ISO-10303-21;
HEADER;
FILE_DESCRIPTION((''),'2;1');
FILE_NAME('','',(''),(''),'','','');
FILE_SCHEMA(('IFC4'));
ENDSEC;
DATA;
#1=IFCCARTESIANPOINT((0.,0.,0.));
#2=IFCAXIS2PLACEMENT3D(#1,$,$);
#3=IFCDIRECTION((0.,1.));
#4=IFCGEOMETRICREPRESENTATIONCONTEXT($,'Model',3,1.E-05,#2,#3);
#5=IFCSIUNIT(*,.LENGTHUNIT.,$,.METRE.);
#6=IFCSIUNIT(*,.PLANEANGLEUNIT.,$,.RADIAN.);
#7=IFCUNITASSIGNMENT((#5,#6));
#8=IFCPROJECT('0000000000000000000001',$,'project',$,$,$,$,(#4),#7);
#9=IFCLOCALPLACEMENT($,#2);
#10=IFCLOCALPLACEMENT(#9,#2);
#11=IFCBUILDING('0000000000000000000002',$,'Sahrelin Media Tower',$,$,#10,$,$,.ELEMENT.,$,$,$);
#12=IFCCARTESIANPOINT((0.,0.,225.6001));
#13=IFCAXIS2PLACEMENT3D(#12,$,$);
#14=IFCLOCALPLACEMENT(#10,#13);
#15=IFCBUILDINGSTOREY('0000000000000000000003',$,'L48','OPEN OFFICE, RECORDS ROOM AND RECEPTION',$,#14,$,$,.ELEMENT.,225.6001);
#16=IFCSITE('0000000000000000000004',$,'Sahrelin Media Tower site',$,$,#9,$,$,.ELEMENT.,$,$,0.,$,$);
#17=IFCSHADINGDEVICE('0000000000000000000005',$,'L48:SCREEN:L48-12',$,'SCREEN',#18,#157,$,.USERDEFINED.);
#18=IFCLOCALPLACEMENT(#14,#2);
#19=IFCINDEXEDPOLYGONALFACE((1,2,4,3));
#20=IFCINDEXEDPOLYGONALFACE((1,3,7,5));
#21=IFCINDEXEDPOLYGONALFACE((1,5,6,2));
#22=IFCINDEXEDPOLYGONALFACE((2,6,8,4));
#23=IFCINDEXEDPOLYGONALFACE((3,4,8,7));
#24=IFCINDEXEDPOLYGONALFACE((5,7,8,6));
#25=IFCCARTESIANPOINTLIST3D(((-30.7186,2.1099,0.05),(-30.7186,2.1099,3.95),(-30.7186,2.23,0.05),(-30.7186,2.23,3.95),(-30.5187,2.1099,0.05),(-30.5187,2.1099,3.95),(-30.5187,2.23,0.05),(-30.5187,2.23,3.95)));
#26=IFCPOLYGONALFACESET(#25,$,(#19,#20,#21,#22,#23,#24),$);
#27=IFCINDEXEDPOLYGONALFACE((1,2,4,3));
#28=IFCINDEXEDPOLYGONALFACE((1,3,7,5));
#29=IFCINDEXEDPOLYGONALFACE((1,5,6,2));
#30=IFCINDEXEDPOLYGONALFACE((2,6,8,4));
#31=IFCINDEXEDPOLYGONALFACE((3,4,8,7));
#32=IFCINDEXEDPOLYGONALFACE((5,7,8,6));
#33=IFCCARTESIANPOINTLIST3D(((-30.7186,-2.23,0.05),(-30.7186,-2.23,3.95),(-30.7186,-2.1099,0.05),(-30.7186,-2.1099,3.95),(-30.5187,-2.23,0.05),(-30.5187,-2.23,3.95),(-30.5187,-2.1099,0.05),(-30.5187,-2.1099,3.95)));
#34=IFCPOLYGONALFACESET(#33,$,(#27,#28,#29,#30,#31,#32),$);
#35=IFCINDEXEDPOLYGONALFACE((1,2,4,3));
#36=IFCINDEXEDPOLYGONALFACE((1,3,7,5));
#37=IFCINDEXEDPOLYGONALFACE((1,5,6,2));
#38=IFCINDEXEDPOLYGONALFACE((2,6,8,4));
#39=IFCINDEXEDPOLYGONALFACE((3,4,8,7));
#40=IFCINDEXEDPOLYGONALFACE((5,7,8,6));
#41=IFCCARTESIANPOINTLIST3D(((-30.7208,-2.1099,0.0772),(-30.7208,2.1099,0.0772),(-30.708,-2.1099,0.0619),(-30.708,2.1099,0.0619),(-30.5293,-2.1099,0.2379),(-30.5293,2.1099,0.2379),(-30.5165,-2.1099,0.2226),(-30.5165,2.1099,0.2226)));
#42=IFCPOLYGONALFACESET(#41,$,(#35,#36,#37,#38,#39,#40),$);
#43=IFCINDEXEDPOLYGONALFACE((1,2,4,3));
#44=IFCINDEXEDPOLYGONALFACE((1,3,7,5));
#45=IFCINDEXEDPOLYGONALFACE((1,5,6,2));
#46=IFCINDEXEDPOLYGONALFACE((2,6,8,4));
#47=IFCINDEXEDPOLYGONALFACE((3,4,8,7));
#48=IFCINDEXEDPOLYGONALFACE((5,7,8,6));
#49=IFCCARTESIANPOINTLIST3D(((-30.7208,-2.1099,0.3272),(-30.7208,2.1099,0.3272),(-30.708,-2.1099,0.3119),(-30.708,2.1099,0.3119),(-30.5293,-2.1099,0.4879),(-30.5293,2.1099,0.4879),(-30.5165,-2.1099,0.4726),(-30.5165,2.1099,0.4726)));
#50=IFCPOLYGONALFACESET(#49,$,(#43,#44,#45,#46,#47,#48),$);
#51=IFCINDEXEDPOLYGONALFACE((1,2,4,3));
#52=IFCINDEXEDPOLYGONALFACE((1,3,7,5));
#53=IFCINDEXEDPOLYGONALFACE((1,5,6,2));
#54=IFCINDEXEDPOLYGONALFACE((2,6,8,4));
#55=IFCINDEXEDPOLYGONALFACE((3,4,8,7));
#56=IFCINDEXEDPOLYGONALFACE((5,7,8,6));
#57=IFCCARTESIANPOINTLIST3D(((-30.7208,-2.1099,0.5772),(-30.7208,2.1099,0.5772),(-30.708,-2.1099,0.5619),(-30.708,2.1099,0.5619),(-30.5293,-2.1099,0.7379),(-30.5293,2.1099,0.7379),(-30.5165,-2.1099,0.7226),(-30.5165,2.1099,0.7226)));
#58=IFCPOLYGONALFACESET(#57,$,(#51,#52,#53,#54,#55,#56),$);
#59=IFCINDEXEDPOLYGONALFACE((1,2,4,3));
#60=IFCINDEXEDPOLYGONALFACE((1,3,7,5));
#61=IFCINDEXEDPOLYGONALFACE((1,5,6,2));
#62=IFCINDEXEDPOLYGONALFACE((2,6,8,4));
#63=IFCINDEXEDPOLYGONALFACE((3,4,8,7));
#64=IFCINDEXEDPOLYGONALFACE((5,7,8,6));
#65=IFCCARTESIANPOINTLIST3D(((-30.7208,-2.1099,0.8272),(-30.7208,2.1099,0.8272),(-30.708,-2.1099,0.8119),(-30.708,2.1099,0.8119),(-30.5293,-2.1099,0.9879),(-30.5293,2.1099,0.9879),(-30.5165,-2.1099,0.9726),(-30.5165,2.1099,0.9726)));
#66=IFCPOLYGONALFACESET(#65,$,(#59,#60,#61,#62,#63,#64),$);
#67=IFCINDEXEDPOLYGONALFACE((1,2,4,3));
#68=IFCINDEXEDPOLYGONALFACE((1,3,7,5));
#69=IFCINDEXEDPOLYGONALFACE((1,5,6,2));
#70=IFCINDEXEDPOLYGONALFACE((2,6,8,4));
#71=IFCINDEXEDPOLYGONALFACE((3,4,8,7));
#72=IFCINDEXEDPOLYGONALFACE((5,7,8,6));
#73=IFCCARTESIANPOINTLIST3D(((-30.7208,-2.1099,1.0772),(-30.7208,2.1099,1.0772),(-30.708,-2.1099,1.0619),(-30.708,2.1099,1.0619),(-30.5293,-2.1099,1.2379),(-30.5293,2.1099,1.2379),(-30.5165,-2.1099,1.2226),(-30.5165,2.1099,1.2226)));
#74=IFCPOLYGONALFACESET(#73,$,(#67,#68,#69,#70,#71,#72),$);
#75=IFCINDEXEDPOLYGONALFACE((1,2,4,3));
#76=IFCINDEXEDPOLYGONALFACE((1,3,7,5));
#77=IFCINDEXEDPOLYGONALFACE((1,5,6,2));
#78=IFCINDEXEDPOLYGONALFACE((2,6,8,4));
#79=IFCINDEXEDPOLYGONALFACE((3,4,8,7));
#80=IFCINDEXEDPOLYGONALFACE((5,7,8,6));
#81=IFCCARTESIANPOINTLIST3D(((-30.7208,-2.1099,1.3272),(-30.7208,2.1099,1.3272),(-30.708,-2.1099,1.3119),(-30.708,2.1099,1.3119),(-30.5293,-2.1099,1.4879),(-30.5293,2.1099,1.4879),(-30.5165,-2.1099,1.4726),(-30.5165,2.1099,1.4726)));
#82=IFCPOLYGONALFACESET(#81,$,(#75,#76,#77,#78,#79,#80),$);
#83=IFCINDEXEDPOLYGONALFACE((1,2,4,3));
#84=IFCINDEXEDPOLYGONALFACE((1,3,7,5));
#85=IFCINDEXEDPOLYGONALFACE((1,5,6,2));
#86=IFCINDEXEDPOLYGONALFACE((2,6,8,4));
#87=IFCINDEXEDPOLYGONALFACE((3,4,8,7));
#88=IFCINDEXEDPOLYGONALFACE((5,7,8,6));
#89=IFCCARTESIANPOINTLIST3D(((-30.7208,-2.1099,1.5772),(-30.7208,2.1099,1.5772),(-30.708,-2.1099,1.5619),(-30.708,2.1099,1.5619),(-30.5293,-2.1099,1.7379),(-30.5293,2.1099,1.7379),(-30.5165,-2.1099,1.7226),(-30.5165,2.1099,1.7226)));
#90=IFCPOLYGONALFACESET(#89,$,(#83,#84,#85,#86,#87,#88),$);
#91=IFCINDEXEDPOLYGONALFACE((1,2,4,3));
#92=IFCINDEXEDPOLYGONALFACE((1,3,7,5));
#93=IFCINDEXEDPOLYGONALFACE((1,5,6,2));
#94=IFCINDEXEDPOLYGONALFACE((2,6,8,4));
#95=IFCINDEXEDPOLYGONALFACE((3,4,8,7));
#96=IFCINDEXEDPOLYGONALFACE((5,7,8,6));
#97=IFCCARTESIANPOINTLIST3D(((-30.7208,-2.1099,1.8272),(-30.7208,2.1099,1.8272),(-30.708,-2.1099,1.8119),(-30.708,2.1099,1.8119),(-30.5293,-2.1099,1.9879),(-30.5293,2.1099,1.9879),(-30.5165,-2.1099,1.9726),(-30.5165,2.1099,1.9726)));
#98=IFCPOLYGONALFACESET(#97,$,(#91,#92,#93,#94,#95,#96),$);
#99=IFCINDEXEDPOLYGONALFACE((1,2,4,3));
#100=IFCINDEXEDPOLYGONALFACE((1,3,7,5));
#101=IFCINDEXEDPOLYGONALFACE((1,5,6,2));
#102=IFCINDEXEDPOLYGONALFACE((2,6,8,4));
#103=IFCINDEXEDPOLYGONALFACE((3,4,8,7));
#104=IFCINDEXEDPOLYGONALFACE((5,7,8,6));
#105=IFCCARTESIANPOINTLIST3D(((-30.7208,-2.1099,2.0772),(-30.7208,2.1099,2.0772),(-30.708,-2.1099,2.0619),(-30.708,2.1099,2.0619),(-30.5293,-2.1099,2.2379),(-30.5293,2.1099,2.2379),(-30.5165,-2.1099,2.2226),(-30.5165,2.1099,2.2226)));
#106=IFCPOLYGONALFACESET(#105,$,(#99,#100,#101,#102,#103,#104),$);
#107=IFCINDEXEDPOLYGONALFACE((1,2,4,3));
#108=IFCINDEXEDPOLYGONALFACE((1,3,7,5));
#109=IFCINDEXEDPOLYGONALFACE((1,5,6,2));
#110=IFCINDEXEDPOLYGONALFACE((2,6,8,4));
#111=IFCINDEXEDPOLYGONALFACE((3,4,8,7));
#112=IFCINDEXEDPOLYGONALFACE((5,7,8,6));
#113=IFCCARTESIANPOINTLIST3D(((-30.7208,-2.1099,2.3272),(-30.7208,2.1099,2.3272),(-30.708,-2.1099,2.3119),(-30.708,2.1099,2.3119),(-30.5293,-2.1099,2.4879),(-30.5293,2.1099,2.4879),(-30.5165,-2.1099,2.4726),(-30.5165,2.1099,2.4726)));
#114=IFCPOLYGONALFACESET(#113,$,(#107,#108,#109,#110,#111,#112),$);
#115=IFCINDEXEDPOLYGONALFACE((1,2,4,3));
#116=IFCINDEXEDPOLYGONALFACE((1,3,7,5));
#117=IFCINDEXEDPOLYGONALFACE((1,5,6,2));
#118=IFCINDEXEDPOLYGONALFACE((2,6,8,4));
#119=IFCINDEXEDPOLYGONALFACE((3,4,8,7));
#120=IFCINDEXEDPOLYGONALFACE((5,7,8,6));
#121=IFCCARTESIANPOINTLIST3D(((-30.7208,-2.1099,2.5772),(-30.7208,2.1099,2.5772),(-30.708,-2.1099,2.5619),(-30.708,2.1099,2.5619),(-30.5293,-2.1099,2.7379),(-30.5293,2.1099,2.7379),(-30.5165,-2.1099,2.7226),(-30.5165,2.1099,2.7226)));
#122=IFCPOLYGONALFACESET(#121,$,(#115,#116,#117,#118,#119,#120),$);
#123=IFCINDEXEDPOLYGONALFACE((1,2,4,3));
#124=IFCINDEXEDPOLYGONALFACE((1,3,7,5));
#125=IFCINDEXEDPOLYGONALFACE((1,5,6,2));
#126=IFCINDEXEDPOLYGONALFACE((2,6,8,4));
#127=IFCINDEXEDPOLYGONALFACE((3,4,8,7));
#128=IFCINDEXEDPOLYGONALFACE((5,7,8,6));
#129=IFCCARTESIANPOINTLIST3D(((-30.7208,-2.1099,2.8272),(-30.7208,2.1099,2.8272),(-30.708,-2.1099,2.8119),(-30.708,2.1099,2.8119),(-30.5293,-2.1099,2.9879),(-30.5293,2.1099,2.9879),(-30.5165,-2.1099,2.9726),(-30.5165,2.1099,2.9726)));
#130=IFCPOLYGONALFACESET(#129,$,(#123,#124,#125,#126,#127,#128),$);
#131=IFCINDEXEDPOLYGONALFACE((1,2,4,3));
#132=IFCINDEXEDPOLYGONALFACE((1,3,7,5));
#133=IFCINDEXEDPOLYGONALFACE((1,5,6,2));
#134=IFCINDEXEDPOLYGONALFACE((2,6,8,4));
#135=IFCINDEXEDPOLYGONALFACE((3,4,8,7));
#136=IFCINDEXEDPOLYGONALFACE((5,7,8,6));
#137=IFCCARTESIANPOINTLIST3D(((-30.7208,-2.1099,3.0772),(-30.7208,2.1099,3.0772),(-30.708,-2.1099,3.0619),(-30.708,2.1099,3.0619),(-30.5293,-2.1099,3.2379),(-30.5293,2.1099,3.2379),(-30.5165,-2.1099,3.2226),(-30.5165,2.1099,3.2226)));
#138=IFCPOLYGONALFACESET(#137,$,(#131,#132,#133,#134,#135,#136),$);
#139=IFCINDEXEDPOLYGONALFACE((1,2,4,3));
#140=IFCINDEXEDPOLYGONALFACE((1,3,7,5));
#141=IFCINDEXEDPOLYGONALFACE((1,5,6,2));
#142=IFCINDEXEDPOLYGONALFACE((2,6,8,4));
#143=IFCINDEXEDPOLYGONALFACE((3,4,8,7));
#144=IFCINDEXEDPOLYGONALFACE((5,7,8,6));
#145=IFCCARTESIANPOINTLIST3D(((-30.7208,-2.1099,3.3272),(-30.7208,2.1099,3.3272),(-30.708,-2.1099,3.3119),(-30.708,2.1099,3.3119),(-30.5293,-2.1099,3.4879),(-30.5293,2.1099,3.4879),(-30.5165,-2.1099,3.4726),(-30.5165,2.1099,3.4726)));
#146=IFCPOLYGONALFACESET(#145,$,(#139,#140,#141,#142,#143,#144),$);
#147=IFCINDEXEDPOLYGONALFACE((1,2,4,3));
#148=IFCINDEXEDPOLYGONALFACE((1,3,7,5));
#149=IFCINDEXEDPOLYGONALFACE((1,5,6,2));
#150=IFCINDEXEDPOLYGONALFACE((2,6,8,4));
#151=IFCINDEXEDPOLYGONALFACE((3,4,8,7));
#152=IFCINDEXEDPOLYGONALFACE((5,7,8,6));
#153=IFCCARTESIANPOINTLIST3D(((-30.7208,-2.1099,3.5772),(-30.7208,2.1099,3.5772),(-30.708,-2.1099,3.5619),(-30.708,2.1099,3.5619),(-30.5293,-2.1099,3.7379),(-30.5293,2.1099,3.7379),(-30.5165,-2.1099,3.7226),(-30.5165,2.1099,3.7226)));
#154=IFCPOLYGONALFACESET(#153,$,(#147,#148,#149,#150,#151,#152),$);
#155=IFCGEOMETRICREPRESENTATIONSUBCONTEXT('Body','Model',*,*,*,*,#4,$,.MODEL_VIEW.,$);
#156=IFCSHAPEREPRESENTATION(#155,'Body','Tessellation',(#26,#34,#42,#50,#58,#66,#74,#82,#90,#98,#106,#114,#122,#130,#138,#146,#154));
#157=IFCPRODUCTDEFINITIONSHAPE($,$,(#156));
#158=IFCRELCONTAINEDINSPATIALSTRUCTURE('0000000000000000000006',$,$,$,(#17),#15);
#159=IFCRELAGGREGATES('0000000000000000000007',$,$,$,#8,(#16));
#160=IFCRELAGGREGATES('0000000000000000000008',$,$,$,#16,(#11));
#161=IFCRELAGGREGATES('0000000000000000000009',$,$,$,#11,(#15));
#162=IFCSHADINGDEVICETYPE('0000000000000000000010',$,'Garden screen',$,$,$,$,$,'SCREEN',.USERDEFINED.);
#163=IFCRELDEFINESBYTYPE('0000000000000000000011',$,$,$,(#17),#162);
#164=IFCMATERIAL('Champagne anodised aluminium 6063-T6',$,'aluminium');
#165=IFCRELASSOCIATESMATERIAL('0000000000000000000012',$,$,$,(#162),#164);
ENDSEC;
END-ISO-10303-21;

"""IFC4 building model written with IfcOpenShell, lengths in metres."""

from ifc_helpers import new_model, si_unit, direction, frame, origin, origin_2d, place, context, subcontext, project, spatial, rectangle, extrude, material, type_object, element, save


model = new_model("IFC4")

# Units and contexts
model_context = context("Model", 3, precision=1e-05, world=origin(), true_north=direction((0.0, 1.0)))
body_context = subcontext(model_context, "Body", "Model", "MODEL_VIEW")
ifc_project = project(units=[si_unit("LENGTHUNIT", "METRE"), si_unit("PLANEANGLEUNIT", "RADIAN")], contexts=[model_context])

# Site, building, storey
site_placement = place(None, origin())
site = spatial("IfcSite", under=ifc_project, at=site_placement, Name="Sahrelin Media Tower site", CompositionType="ELEMENT", RefElevation=0.0)
building_placement = place(site_placement, origin())
building = spatial("IfcBuilding", under=site, at=building_placement, Name="Sahrelin Media Tower", CompositionType="ELEMENT")
storey_placement = place(building_placement, frame((0.0, 0.0, 225.6001)))
storey = spatial("IfcBuildingStorey", under=building, at=storey_placement, Name="L48", Description="OPEN OFFICE, RECORDS ROOM AND RECEPTION", CompositionType="ELEMENT", Elevation=225.6001)

# Shading device
ifc_material_1 = material(Name="Champagne anodised aluminium 6063-T6", Category="aluminium")
shading_device_type = type_object("IfcShadingDeviceType", Name="Garden screen", ElementType="SCREEN", PredefinedType="USERDEFINED", material=ifc_material_1)
shading_device_1_placement = place(storey_placement, frame((-30.5186, 0.0, 0.0), z_axis=(0.0, 0.0, 1.0), x_axis=(0.0, 1.0, 0.0)))
element("IfcShadingDevice", 1, at=shading_device_1_placement, inside=storey, type_object=shading_device_type, Name="L48:SCREEN:L48-12", ObjectType="SCREEN", PredefinedType="USERDEFINED", context=body_context, shape_type="SweptSolid", body=[
    extrude(rectangle(XDim=0.1201, YDim=0.2, at=origin_2d()), frame((2.1699, 0.1001, 0.05), z_axis=(0.0, 0.0, 1.0), x_axis=(1.0, 0.0, 0.0)), (0.0, 0.0, 1.0), 3.8999),
    extrude(rectangle(XDim=0.1201, YDim=0.2, at=origin_2d()), frame((-2.1699, 0.1001, 0.05), z_axis=(0.0, 0.0, 1.0), x_axis=(1.0, 0.0, 0.0)), (0.0, 0.0, 1.0), 3.8999),
    extrude(rectangle(XDim=0.25, YDim=0.02, at=origin_2d()), frame((2.1099, 0.1001, 0.1499), z_axis=(-1.0, 0.0, 0.0), x_axis=(0.0, -0.766044, 0.642788)), (0.0, 0.0, 1.0), 4.2197),
    extrude(rectangle(XDim=0.25, YDim=0.02, at=origin_2d()), frame((2.1099, 0.1001, 0.3999), z_axis=(-1.0, 0.0, 0.0), x_axis=(0.0, -0.766044, 0.642788)), (0.0, 0.0, 1.0), 4.2197),
    extrude(rectangle(XDim=0.25, YDim=0.02, at=origin_2d()), frame((2.1099, 0.1001, 0.6499), z_axis=(-1.0, 0.0, 0.0), x_axis=(0.0, -0.766044, 0.642788)), (0.0, 0.0, 1.0), 4.2197),
    extrude(rectangle(XDim=0.25, YDim=0.02, at=origin_2d()), frame((2.1099, 0.1001, 0.8999), z_axis=(-1.0, 0.0, 0.0), x_axis=(0.0, -0.766044, 0.642788)), (0.0, 0.0, 1.0), 4.2197),
    extrude(rectangle(XDim=0.25, YDim=0.02, at=origin_2d()), frame((2.1099, 0.1001, 1.1499), z_axis=(-1.0, 0.0, 0.0), x_axis=(0.0, -0.766044, 0.642788)), (0.0, 0.0, 1.0), 4.2197),
    extrude(rectangle(XDim=0.25, YDim=0.02, at=origin_2d()), frame((2.1099, 0.1001, 1.3999), z_axis=(-1.0, 0.0, 0.0), x_axis=(0.0, -0.766044, 0.642788)), (0.0, 0.0, 1.0), 4.2197),
    extrude(rectangle(XDim=0.25, YDim=0.02, at=origin_2d()), frame((2.1099, 0.1001, 1.6499), z_axis=(-1.0, 0.0, 0.0), x_axis=(0.0, -0.766044, 0.642788)), (0.0, 0.0, 1.0), 4.2197),
    extrude(rectangle(XDim=0.25, YDim=0.02, at=origin_2d()), frame((2.1099, 0.1001, 1.8999), z_axis=(-1.0, 0.0, 0.0), x_axis=(0.0, -0.766044, 0.642788)), (0.0, 0.0, 1.0), 4.2197),
    extrude(rectangle(XDim=0.25, YDim=0.02, at=origin_2d()), frame((2.1099, 0.1001, 2.1499), z_axis=(-1.0, 0.0, 0.0), x_axis=(0.0, -0.766044, 0.642788)), (0.0, 0.0, 1.0), 4.2197),
    extrude(rectangle(XDim=0.25, YDim=0.02, at=origin_2d()), frame((2.1099, 0.1001, 2.3999), z_axis=(-1.0, 0.0, 0.0), x_axis=(0.0, -0.766044, 0.642788)), (0.0, 0.0, 1.0), 4.2197),
    extrude(rectangle(XDim=0.25, YDim=0.02, at=origin_2d()), frame((2.1099, 0.1001, 2.6499), z_axis=(-1.0, 0.0, 0.0), x_axis=(0.0, -0.766044, 0.642788)), (0.0, 0.0, 1.0), 4.2197),
    extrude(rectangle(XDim=0.25, YDim=0.02, at=origin_2d()), frame((2.1099, 0.1001, 2.8999), z_axis=(-1.0, 0.0, 0.0), x_axis=(0.0, -0.766044, 0.642788)), (0.0, 0.0, 1.0), 4.2197),
    extrude(rectangle(XDim=0.25, YDim=0.02, at=origin_2d()), frame((2.1099, 0.1001, 3.1499), z_axis=(-1.0, 0.0, 0.0), x_axis=(0.0, -0.766044, 0.642788)), (0.0, 0.0, 1.0), 4.2197),
    extrude(rectangle(XDim=0.25, YDim=0.02, at=origin_2d()), frame((2.1099, 0.1001, 3.3999), z_axis=(-1.0, 0.0, 0.0), x_axis=(0.0, -0.766044, 0.642788)), (0.0, 0.0, 1.0), 4.2197),
    extrude(rectangle(XDim=0.25, YDim=0.02, at=origin_2d()), frame((2.1099, 0.1001, 3.6499), z_axis=(-1.0, 0.0, 0.0), x_axis=(0.0, -0.766044, 0.642788)), (0.0, 0.0, 1.0), 4.2197),
])

save(model, "model.ifc")
